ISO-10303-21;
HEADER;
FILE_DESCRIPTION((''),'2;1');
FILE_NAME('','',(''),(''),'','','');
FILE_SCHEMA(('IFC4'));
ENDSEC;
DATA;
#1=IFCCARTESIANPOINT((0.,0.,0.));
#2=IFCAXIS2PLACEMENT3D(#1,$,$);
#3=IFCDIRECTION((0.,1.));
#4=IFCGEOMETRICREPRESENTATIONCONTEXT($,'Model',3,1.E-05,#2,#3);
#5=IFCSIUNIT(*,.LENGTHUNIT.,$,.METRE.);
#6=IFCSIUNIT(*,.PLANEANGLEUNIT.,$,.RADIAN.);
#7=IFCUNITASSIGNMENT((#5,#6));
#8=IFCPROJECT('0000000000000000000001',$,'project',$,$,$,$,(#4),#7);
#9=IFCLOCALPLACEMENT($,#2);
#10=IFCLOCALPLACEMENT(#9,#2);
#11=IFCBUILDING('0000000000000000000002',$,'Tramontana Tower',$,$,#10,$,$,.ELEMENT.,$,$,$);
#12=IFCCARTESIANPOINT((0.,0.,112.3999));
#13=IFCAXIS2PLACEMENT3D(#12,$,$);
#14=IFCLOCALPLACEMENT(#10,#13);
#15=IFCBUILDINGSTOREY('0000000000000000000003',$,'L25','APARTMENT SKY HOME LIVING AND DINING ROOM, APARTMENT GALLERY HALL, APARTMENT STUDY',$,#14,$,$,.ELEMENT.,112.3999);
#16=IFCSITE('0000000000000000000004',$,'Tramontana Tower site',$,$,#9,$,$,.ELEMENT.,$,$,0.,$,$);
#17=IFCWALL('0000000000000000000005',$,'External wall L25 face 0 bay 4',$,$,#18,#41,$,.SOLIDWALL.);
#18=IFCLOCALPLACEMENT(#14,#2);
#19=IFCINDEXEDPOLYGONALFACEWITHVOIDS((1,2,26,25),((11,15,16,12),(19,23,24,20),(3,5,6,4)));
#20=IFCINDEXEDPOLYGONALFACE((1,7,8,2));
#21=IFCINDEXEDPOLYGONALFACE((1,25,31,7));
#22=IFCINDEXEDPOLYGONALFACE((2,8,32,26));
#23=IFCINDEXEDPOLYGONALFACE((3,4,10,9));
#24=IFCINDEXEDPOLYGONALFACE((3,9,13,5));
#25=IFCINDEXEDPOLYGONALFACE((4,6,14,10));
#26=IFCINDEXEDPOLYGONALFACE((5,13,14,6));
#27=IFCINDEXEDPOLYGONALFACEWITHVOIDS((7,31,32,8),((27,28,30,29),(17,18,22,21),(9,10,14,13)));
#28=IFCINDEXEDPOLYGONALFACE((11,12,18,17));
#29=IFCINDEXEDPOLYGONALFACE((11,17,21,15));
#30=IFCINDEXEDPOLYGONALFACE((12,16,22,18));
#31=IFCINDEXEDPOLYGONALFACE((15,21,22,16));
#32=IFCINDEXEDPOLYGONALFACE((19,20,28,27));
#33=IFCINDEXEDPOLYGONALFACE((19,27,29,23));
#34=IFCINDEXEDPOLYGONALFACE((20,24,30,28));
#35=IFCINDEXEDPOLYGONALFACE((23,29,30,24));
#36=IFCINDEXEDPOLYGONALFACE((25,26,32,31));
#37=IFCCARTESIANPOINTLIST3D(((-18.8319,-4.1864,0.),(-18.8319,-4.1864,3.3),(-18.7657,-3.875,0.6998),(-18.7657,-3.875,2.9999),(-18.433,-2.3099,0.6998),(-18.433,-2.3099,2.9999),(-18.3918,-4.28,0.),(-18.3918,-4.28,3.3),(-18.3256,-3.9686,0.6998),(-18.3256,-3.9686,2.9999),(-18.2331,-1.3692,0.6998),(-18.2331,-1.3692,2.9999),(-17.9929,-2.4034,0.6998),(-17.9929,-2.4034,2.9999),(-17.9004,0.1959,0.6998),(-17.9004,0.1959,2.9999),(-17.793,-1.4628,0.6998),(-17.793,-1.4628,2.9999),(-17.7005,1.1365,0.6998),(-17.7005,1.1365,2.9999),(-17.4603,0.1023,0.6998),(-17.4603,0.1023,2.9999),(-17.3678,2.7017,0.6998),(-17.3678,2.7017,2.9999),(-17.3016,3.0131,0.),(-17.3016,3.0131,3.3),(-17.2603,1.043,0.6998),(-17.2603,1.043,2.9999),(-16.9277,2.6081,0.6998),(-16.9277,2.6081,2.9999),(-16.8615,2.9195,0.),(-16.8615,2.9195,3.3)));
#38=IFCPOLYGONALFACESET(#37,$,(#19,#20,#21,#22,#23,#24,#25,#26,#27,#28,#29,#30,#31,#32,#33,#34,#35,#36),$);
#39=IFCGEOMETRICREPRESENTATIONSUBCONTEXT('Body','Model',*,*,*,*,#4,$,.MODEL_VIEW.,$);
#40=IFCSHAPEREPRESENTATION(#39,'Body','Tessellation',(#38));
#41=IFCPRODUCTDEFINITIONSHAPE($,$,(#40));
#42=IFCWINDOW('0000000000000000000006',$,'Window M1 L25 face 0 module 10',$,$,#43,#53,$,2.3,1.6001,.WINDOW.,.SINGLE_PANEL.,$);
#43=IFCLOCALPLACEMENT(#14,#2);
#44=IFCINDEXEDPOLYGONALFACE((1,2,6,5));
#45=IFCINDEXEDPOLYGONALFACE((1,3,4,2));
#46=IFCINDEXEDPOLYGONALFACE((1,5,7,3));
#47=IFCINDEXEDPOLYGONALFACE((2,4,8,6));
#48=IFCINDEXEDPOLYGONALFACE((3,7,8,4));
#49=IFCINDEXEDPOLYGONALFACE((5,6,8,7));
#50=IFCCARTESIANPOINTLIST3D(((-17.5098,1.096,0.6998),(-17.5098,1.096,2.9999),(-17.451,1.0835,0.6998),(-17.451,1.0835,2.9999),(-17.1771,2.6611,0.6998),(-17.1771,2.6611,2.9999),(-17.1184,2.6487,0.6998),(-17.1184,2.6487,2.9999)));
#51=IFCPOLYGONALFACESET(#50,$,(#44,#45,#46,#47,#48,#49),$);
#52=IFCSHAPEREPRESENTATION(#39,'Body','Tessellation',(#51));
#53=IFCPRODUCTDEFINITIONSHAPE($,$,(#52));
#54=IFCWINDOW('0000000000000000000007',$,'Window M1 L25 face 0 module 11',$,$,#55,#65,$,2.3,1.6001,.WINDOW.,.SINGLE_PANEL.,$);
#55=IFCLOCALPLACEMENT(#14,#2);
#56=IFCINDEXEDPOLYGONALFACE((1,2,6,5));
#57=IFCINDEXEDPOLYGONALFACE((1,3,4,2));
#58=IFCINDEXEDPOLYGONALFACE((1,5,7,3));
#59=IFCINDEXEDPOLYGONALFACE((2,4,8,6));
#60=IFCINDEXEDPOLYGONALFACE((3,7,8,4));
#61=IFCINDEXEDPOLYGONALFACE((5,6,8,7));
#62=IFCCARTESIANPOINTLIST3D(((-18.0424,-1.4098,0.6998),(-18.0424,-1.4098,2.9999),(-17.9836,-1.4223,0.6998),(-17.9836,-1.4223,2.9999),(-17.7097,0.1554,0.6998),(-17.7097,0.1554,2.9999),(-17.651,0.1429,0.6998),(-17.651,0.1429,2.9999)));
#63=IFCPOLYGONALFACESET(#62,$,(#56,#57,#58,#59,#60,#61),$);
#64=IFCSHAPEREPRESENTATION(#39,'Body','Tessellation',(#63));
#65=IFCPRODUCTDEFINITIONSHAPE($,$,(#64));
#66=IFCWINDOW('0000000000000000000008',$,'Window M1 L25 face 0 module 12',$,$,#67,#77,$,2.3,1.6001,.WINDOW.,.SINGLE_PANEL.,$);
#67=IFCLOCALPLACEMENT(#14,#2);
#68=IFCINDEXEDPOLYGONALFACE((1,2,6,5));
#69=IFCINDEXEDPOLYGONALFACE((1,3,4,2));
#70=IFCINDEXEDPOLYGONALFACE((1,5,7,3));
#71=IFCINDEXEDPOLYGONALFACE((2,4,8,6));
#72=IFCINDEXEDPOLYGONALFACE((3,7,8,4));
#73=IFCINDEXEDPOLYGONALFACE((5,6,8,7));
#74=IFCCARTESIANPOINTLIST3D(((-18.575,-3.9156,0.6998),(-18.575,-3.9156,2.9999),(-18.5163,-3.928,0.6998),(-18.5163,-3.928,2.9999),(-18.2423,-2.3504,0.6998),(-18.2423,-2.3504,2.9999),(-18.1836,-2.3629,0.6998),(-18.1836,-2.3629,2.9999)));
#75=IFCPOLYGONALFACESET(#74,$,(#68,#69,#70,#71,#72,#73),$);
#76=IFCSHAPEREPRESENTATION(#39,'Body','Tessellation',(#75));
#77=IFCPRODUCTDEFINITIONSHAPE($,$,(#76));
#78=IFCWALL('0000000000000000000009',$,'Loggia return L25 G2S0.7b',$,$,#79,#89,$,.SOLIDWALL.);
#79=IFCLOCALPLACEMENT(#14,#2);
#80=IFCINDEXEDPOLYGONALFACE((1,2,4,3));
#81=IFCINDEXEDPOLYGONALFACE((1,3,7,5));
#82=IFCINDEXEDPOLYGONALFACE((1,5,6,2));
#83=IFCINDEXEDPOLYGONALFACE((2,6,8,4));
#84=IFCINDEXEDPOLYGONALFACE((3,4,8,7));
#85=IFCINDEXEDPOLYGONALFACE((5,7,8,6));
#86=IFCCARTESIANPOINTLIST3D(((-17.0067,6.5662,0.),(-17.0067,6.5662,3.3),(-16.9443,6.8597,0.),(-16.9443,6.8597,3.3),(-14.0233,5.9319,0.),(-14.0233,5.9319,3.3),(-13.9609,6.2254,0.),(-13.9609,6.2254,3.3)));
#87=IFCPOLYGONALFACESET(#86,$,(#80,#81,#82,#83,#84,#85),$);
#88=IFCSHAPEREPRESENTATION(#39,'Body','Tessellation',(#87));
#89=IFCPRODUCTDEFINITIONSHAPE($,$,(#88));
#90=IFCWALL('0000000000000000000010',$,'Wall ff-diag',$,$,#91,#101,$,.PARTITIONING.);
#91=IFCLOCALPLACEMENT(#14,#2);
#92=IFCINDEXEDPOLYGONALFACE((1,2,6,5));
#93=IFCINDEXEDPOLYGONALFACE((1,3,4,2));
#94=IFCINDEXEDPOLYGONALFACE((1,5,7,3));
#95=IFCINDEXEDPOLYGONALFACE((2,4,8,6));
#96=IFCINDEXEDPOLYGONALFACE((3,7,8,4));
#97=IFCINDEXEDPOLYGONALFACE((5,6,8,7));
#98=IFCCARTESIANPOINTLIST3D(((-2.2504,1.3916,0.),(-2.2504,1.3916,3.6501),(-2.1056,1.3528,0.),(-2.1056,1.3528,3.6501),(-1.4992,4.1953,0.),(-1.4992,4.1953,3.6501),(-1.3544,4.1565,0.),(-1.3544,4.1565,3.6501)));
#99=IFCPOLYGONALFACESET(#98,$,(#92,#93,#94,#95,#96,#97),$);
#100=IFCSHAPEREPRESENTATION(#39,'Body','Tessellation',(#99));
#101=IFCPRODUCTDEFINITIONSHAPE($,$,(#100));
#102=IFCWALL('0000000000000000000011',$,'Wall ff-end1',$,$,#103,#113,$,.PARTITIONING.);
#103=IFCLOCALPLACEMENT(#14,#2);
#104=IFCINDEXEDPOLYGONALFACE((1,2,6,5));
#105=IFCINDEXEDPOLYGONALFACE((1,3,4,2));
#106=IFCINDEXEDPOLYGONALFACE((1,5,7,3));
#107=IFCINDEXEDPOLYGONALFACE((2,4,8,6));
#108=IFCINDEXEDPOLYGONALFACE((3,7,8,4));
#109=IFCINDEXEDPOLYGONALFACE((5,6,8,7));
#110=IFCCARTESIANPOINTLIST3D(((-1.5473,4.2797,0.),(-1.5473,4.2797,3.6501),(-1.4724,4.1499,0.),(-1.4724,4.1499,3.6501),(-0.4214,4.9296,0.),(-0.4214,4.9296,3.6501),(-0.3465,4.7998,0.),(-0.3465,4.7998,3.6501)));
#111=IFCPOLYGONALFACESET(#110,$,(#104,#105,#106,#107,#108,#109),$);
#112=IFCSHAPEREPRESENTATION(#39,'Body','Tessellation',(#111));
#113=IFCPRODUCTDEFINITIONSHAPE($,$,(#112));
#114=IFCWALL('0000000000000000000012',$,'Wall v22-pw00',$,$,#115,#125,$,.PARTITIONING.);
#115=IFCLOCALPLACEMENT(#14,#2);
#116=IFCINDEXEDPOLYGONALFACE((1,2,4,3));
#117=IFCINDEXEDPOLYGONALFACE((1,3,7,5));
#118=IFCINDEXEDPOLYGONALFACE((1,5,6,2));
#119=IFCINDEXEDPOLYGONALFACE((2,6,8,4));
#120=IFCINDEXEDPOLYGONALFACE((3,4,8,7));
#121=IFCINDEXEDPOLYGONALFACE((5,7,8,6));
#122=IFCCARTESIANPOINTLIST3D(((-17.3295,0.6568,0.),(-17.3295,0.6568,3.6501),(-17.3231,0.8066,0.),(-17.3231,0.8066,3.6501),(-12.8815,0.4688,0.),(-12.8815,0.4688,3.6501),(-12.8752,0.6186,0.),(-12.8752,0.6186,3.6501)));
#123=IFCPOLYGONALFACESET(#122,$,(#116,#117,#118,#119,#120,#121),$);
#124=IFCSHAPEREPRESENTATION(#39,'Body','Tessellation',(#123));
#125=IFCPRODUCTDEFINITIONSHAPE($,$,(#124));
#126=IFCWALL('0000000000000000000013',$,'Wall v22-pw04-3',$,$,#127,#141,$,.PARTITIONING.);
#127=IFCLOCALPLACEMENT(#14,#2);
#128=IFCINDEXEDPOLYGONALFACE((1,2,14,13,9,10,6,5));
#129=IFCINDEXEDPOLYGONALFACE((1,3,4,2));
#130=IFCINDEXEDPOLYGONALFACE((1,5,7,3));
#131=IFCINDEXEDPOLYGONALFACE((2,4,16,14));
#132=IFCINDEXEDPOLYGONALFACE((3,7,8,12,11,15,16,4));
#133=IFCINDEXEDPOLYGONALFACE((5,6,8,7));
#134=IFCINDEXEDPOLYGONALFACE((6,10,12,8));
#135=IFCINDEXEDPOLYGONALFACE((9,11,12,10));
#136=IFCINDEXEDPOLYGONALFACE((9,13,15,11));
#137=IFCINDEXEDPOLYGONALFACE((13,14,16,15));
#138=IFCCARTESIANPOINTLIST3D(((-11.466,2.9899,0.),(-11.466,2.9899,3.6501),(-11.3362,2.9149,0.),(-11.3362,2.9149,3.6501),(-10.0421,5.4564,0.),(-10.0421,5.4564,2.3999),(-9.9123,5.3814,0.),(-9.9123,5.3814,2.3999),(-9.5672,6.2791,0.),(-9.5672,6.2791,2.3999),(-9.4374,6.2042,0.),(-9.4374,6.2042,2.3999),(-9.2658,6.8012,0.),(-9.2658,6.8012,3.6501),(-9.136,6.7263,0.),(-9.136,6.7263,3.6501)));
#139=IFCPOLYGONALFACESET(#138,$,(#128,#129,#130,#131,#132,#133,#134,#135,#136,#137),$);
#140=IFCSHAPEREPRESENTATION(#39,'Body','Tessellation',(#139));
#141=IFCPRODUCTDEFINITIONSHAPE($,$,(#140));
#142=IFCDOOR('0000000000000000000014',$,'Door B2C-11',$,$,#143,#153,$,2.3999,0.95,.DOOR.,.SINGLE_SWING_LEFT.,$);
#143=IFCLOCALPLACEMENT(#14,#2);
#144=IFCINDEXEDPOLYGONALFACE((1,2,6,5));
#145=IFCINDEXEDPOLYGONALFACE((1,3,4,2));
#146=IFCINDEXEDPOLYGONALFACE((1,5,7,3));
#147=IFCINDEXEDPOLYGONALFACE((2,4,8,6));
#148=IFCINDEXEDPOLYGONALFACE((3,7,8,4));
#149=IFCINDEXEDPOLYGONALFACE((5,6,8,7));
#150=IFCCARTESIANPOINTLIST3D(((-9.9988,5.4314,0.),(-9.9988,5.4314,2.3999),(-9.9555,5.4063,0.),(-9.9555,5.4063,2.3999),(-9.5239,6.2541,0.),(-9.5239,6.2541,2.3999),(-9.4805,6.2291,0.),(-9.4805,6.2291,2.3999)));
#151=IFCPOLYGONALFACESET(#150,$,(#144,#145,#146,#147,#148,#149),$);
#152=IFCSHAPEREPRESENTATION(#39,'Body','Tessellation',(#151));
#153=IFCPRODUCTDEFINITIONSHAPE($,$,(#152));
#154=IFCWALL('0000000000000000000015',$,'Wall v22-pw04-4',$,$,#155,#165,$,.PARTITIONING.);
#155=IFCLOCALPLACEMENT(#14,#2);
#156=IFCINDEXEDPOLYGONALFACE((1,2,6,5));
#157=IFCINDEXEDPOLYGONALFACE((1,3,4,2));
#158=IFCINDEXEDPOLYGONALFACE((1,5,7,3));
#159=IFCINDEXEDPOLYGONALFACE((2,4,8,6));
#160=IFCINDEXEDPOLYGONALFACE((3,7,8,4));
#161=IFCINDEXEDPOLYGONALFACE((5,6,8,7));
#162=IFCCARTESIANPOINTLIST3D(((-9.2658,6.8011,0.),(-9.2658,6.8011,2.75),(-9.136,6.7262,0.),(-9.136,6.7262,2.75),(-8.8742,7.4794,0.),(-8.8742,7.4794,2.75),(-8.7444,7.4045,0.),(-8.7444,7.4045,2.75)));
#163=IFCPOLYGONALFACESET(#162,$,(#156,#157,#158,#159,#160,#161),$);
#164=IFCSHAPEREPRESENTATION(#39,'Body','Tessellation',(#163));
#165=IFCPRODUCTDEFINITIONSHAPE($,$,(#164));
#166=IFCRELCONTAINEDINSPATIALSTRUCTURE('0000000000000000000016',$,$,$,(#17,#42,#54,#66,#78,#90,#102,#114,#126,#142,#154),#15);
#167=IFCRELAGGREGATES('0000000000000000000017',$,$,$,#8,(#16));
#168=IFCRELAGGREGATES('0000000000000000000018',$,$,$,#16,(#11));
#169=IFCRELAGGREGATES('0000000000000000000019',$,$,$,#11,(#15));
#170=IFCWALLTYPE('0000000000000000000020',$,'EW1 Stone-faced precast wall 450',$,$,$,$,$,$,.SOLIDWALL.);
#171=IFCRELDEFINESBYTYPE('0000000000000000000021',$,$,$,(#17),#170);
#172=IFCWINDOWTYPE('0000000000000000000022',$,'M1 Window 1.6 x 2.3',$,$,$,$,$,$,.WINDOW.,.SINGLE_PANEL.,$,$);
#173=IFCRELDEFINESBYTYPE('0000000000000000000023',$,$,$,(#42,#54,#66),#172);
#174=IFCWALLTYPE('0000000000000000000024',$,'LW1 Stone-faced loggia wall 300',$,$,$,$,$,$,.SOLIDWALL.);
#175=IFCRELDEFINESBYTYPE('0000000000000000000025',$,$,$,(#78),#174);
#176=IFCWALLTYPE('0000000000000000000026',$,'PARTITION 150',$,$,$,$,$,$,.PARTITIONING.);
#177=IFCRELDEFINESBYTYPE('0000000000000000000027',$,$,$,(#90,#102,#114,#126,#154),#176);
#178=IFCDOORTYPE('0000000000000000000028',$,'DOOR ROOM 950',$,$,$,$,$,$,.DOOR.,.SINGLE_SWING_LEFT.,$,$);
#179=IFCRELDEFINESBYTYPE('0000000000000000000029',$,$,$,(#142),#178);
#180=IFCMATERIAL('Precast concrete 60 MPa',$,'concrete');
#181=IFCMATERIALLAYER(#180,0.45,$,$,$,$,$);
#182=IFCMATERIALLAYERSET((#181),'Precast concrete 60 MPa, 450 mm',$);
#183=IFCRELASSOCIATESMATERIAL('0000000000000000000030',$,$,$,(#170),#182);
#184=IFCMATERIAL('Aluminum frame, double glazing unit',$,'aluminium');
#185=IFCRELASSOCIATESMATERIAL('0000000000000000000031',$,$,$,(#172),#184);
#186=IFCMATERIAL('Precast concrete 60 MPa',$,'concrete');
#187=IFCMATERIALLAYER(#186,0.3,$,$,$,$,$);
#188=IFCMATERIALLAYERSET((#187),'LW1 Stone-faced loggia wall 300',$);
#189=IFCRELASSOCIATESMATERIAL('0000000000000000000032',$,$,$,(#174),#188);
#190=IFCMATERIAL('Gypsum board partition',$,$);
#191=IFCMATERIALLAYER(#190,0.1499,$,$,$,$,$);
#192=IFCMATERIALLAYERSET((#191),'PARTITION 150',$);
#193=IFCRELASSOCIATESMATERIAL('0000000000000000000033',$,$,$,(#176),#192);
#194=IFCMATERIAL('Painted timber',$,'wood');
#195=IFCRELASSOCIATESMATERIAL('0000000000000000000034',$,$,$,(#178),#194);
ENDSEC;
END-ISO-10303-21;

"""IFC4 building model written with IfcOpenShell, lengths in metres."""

from ifc_helpers import new_model, si_unit, direction, frame, frame_2d, origin, place, context, subcontext, project, spatial, rectangle, extrude, material, layer, layer_set, type_object, element, fill, save


model = new_model("IFC4")

# Units and contexts
model_context = context("Model", 3, precision=1e-05, world=origin(), true_north=direction((0.0, 1.0)))
body_context = subcontext(model_context, "Body", "Model", "MODEL_VIEW")
ifc_project = project(units=[si_unit("LENGTHUNIT", "METRE"), si_unit("PLANEANGLEUNIT", "RADIAN")], contexts=[model_context])

# Site, building, storey
site_placement = place(None, origin())
site = spatial("IfcSite", under=ifc_project, at=site_placement, Name="Tramontana Tower site", CompositionType="ELEMENT", RefElevation=0.0)
building_placement = place(site_placement, origin())
building = spatial("IfcBuilding", under=site, at=building_placement, Name="Tramontana Tower", CompositionType="ELEMENT")
storey_placement = place(building_placement, frame((0.0, 0.0, 112.3999)))
storey = spatial("IfcBuildingStorey", under=building, at=storey_placement, Name="L25", Description="APARTMENT SKY HOME LIVING AND DINING ROOM, APARTMENT GALLERY HALL, APARTMENT STUDY", CompositionType="ELEMENT", Elevation=112.3999)

# Shared definitions
ifc_material_1 = material(Name="Precast concrete 60 MPa", Category="concrete")
ifc_layer_1 = layer(ifc_material_1, 0.45)
ifc_layer_set_1 = layer_set([ifc_layer_1], Name="Precast concrete 60 MPa, 450 mm")
wall_type_1 = type_object("IfcWallType", Name="EW1 Stone-faced precast wall 450", PredefinedType="SOLIDWALL", material=ifc_layer_set_1)
ifc_material_2 = material(Name="Aluminum frame, double glazing unit", Category="aluminium")
window_type = type_object("IfcWindowType", Name="M1 Window 1.6 x 2.3", PartitioningType="SINGLE_PANEL", PredefinedType="WINDOW", material=ifc_material_2)

# Wall, openings, windows
wall_1_placement = place(storey_placement, frame((-17.0815, 2.9663, 0.0), z_axis=(0.0, 0.0, 1.0), x_axis=(-0.207909, -0.978148, 0.0)))
wall_1 = element("IfcWall", 1, at=wall_1_placement, inside=storey, type_object=wall_type_1, Name="External wall L25 face 0 bay 4", PredefinedType="SOLIDWALL", context=body_context, shape_type="SweptSolid", body=[
    extrude(rectangle(XDim=7.3604, YDim=0.45, at=frame_2d((3.6802, 0.0))), origin(), (0.0, 0.0, 1.0), 3.3),
])
opening_1_placement = place(wall_1_placement, frame((0.3184, 0.0, 0.7)))
opening_1 = element("IfcOpeningElement", 2, at=opening_1_placement, cuts=wall_1, PredefinedType="OPENING", context=body_context, shape_type="SweptSolid", body=[
    extrude(rectangle(XDim=1.6001, YDim=2.3, at=frame_2d((0.8, 1.1499))), frame((0.0, 0.2349, 0.0), z_axis=(0.0, -1.0, 0.0), x_axis=(1.0, 0.0, 0.0)), (0.0, 0.0, 1.0), 0.47),
])
opening_2_placement = place(wall_1_placement, frame((2.8801, 0.0, 0.7)))
opening_2 = element("IfcOpeningElement", 3, at=opening_2_placement, cuts=wall_1, PredefinedType="OPENING", context=body_context, shape_type="SweptSolid", body=[
    extrude(rectangle(XDim=1.6001, YDim=2.3, at=frame_2d((0.8, 1.1499))), frame((0.0, 0.2349, 0.0), z_axis=(0.0, -1.0, 0.0), x_axis=(1.0, 0.0, 0.0)), (0.0, 0.0, 1.0), 0.47),
])
opening_3_placement = place(wall_1_placement, frame((5.4419, 0.0, 0.7)))
opening_3 = element("IfcOpeningElement", 4, at=opening_3_placement, cuts=wall_1, PredefinedType="OPENING", context=body_context, shape_type="SweptSolid", body=[
    extrude(rectangle(XDim=1.6001, YDim=2.3, at=frame_2d((0.8, 1.1499))), frame((0.0, 0.2349, 0.0), z_axis=(0.0, -1.0, 0.0), x_axis=(1.0, 0.0, 0.0)), (0.0, 0.0, 1.0), 0.47),
])
window_1_placement = place(opening_1_placement, origin())
window_1 = element("IfcWindow", 5, at=window_1_placement, inside=storey, type_object=window_type, Name="Window M1 L25 face 0 module 10", OverallHeight=2.3, OverallWidth=1.6001, PartitioningType="SINGLE_PANEL", PredefinedType="WINDOW", context=body_context, shape_type="SweptSolid", body=[
    extrude(rectangle(XDim=1.6001, YDim=2.3, at=frame_2d((0.8, 1.1499))), frame((0.0, 0.03, 0.0), z_axis=(0.0, -1.0, 0.0), x_axis=(1.0, 0.0, 0.0)), (0.0, 0.0, 1.0), 0.0601),
])
fill(opening_1, window_1)
window_2_placement = place(opening_2_placement, origin())
window_2 = element("IfcWindow", 6, at=window_2_placement, inside=storey, type_object=window_type, Name="Window M1 L25 face 0 module 11", OverallHeight=2.3, OverallWidth=1.6001, PartitioningType="SINGLE_PANEL", PredefinedType="WINDOW", context=body_context, shape_type="SweptSolid", body=[
    extrude(rectangle(XDim=1.6001, YDim=2.3, at=frame_2d((0.8, 1.1499))), frame((0.0, 0.03, 0.0), z_axis=(0.0, -1.0, 0.0), x_axis=(1.0, 0.0, 0.0)), (0.0, 0.0, 1.0), 0.0601),
])
fill(opening_2, window_2)
window_3_placement = place(opening_3_placement, origin())
window_3 = element("IfcWindow", 7, at=window_3_placement, inside=storey, type_object=window_type, Name="Window M1 L25 face 0 module 12", OverallHeight=2.3, OverallWidth=1.6001, PartitioningType="SINGLE_PANEL", PredefinedType="WINDOW", context=body_context, shape_type="SweptSolid", body=[
    extrude(rectangle(XDim=1.6001, YDim=2.3, at=frame_2d((0.8, 1.1499))), frame((0.0, 0.03, 0.0), z_axis=(0.0, -1.0, 0.0), x_axis=(1.0, 0.0, 0.0)), (0.0, 0.0, 1.0), 0.0601),
])
fill(opening_3, window_3)

# Walls
ifc_material_3 = material(Name="Precast concrete 60 MPa", Category="concrete")
ifc_layer_2 = layer(ifc_material_3, 0.3)
ifc_layer_set_2 = layer_set([ifc_layer_2], Name="LW1 Stone-faced loggia wall 300")
wall_type_2 = type_object("IfcWallType", Name="LW1 Stone-faced loggia wall 300", PredefinedType="SOLIDWALL", material=ifc_layer_set_2)
wall_2_placement = place(storey_placement, frame((-16.9753, 6.7129, 0.0), z_axis=(0.0, 0.0, 1.0), x_axis=(0.978139, -0.207954, 0.0)))
element("IfcWall", 8, at=wall_2_placement, inside=storey, type_object=wall_type_2, Name="Loggia return L25 G2S0.7b", PredefinedType="SOLIDWALL", context=body_context, shape_type="SweptSolid", body=[
    extrude(rectangle(XDim=3.05, YDim=0.3, at=frame_2d((1.5249, 0.0))), origin(), (0.0, 0.0, 1.0), 3.3),
])
ifc_material_4 = material(Name="Gypsum board partition")
ifc_layer_3 = layer(ifc_material_4, 0.1499)
ifc_layer_set_3 = layer_set([ifc_layer_3], Name="PARTITION 150")
wall_type_3 = type_object("IfcWallType", Name="PARTITION 150", PredefinedType="PARTITIONING", material=ifc_layer_set_3)
wall_3_placement = place(storey_placement, frame((-2.178, 1.3723, 0.0), z_axis=(0.0, 0.0, 1.0), x_axis=(0.258809, 0.965929, 0.0)))
element("IfcWall", 9, at=wall_3_placement, inside=storey, type_object=wall_type_3, Name="Wall ff-diag", PredefinedType="PARTITIONING", context=body_context, shape_type="SweptSolid", body=[
    extrude(rectangle(XDim=2.9026, YDim=0.1499, at=frame_2d((1.4512, 0.0))), origin(), (0.0, 0.0, 1.0), 3.6501),
])
wall_4_placement = place(storey_placement, frame((-1.5098, 4.2148, 0.0), z_axis=(0.0, 0.0, 1.0), x_axis=(0.866086, 0.499896, 0.0)))
element("IfcWall", 10, at=wall_4_placement, inside=storey, type_object=wall_type_3, Name="Wall ff-end1", PredefinedType="PARTITIONING", context=body_context, shape_type="SweptSolid", body=[
    extrude(rectangle(XDim=1.3, YDim=0.1499, at=frame_2d((0.6499, 0.0))), origin(), (0.0, 0.0, 1.0), 3.6501),
])
wall_5_placement = place(storey_placement, frame((-17.3264, 0.7317, 0.0), z_axis=(0.0, 0.0, 1.0), x_axis=(0.999108, -0.042226, 0.0)))
element("IfcWall", 11, at=wall_5_placement, inside=storey, type_object=wall_type_3, Name="Wall v22-pw00", PredefinedType="PARTITIONING", context=body_context, shape_type="SweptSolid", body=[
    extrude(rectangle(XDim=4.4519, YDim=0.1499, at=frame_2d((2.2261, 0.0))), origin(), (0.0, 0.0, 1.0), 3.6501),
])

# Wall, opening, door
ifc_material_5 = material(Name="Painted timber", Category="wood")
door_type_1 = type_object("IfcDoorType", Name="DOOR ROOM 950", OperationType="SINGLE_SWING_LEFT", PredefinedType="DOOR", material=ifc_material_5)
wall_6_placement = place(storey_placement, frame((-11.4011, 2.9524, 0.0), z_axis=(0.0, 0.0, 1.0), x_axis=(0.499958, 0.86605, 0.0)))
wall_6 = element("IfcWall", 12, at=wall_6_placement, inside=storey, type_object=wall_type_3, Name="Wall v22-pw04-3", PredefinedType="PARTITIONING", context=body_context, shape_type="SweptSolid", body=[
    extrude(rectangle(XDim=4.4009, YDim=0.1499, at=frame_2d((2.2004, 0.0))), origin(), (0.0, 0.0, 1.0), 3.6501),
])
opening_4_placement = place(wall_6_placement, frame((2.8479, 0.0, 0.0)))
opening_4 = element("IfcOpeningElement", 13, at=opening_4_placement, cuts=wall_6, PredefinedType="OPENING", context=body_context, shape_type="SweptSolid", body=[
    extrude(rectangle(XDim=0.95, YDim=2.3999, at=frame_2d((0.4751, 1.2))), frame((0.0, 0.085, 0.0), z_axis=(0.0, -1.0, 0.0), x_axis=(1.0, 0.0, 0.0)), (0.0, 0.0, 1.0), 0.1699),
])
door_1_placement = place(opening_4_placement, origin())
door_1 = element("IfcDoor", 14, at=door_1_placement, inside=storey, type_object=door_type_1, Name="Door B2C-11", OperationType="SINGLE_SWING_LEFT", OverallHeight=2.3999, OverallWidth=0.95, PredefinedType="DOOR", context=body_context, shape_type="SweptSolid", body=[
    extrude(rectangle(XDim=0.95, YDim=2.3999, at=frame_2d((0.4751, 1.2))), frame((0.0, 0.0249, 0.0), z_axis=(0.0, -1.0, 0.0), x_axis=(1.0, 0.0, 0.0)), (0.0, 0.0, 1.0), 0.05),
])
fill(opening_4, door_1)

# Wall
wall_7_placement = place(storey_placement, frame((-9.2009, 6.7637, 0.0), z_axis=(0.0, 0.0, 1.0), x_axis=(0.500028, 0.866009, 0.0)))
element("IfcWall", 15, at=wall_7_placement, inside=storey, type_object=wall_type_3, Name="Wall v22-pw04-4", PredefinedType="PARTITIONING", context=body_context, shape_type="SweptSolid", body=[
    extrude(rectangle(XDim=0.7832, YDim=0.1499, at=frame_2d((0.3916, 0.0))), origin(), (0.0, 0.0, 1.0), 2.75),
])

save(model, "model.ifc")
